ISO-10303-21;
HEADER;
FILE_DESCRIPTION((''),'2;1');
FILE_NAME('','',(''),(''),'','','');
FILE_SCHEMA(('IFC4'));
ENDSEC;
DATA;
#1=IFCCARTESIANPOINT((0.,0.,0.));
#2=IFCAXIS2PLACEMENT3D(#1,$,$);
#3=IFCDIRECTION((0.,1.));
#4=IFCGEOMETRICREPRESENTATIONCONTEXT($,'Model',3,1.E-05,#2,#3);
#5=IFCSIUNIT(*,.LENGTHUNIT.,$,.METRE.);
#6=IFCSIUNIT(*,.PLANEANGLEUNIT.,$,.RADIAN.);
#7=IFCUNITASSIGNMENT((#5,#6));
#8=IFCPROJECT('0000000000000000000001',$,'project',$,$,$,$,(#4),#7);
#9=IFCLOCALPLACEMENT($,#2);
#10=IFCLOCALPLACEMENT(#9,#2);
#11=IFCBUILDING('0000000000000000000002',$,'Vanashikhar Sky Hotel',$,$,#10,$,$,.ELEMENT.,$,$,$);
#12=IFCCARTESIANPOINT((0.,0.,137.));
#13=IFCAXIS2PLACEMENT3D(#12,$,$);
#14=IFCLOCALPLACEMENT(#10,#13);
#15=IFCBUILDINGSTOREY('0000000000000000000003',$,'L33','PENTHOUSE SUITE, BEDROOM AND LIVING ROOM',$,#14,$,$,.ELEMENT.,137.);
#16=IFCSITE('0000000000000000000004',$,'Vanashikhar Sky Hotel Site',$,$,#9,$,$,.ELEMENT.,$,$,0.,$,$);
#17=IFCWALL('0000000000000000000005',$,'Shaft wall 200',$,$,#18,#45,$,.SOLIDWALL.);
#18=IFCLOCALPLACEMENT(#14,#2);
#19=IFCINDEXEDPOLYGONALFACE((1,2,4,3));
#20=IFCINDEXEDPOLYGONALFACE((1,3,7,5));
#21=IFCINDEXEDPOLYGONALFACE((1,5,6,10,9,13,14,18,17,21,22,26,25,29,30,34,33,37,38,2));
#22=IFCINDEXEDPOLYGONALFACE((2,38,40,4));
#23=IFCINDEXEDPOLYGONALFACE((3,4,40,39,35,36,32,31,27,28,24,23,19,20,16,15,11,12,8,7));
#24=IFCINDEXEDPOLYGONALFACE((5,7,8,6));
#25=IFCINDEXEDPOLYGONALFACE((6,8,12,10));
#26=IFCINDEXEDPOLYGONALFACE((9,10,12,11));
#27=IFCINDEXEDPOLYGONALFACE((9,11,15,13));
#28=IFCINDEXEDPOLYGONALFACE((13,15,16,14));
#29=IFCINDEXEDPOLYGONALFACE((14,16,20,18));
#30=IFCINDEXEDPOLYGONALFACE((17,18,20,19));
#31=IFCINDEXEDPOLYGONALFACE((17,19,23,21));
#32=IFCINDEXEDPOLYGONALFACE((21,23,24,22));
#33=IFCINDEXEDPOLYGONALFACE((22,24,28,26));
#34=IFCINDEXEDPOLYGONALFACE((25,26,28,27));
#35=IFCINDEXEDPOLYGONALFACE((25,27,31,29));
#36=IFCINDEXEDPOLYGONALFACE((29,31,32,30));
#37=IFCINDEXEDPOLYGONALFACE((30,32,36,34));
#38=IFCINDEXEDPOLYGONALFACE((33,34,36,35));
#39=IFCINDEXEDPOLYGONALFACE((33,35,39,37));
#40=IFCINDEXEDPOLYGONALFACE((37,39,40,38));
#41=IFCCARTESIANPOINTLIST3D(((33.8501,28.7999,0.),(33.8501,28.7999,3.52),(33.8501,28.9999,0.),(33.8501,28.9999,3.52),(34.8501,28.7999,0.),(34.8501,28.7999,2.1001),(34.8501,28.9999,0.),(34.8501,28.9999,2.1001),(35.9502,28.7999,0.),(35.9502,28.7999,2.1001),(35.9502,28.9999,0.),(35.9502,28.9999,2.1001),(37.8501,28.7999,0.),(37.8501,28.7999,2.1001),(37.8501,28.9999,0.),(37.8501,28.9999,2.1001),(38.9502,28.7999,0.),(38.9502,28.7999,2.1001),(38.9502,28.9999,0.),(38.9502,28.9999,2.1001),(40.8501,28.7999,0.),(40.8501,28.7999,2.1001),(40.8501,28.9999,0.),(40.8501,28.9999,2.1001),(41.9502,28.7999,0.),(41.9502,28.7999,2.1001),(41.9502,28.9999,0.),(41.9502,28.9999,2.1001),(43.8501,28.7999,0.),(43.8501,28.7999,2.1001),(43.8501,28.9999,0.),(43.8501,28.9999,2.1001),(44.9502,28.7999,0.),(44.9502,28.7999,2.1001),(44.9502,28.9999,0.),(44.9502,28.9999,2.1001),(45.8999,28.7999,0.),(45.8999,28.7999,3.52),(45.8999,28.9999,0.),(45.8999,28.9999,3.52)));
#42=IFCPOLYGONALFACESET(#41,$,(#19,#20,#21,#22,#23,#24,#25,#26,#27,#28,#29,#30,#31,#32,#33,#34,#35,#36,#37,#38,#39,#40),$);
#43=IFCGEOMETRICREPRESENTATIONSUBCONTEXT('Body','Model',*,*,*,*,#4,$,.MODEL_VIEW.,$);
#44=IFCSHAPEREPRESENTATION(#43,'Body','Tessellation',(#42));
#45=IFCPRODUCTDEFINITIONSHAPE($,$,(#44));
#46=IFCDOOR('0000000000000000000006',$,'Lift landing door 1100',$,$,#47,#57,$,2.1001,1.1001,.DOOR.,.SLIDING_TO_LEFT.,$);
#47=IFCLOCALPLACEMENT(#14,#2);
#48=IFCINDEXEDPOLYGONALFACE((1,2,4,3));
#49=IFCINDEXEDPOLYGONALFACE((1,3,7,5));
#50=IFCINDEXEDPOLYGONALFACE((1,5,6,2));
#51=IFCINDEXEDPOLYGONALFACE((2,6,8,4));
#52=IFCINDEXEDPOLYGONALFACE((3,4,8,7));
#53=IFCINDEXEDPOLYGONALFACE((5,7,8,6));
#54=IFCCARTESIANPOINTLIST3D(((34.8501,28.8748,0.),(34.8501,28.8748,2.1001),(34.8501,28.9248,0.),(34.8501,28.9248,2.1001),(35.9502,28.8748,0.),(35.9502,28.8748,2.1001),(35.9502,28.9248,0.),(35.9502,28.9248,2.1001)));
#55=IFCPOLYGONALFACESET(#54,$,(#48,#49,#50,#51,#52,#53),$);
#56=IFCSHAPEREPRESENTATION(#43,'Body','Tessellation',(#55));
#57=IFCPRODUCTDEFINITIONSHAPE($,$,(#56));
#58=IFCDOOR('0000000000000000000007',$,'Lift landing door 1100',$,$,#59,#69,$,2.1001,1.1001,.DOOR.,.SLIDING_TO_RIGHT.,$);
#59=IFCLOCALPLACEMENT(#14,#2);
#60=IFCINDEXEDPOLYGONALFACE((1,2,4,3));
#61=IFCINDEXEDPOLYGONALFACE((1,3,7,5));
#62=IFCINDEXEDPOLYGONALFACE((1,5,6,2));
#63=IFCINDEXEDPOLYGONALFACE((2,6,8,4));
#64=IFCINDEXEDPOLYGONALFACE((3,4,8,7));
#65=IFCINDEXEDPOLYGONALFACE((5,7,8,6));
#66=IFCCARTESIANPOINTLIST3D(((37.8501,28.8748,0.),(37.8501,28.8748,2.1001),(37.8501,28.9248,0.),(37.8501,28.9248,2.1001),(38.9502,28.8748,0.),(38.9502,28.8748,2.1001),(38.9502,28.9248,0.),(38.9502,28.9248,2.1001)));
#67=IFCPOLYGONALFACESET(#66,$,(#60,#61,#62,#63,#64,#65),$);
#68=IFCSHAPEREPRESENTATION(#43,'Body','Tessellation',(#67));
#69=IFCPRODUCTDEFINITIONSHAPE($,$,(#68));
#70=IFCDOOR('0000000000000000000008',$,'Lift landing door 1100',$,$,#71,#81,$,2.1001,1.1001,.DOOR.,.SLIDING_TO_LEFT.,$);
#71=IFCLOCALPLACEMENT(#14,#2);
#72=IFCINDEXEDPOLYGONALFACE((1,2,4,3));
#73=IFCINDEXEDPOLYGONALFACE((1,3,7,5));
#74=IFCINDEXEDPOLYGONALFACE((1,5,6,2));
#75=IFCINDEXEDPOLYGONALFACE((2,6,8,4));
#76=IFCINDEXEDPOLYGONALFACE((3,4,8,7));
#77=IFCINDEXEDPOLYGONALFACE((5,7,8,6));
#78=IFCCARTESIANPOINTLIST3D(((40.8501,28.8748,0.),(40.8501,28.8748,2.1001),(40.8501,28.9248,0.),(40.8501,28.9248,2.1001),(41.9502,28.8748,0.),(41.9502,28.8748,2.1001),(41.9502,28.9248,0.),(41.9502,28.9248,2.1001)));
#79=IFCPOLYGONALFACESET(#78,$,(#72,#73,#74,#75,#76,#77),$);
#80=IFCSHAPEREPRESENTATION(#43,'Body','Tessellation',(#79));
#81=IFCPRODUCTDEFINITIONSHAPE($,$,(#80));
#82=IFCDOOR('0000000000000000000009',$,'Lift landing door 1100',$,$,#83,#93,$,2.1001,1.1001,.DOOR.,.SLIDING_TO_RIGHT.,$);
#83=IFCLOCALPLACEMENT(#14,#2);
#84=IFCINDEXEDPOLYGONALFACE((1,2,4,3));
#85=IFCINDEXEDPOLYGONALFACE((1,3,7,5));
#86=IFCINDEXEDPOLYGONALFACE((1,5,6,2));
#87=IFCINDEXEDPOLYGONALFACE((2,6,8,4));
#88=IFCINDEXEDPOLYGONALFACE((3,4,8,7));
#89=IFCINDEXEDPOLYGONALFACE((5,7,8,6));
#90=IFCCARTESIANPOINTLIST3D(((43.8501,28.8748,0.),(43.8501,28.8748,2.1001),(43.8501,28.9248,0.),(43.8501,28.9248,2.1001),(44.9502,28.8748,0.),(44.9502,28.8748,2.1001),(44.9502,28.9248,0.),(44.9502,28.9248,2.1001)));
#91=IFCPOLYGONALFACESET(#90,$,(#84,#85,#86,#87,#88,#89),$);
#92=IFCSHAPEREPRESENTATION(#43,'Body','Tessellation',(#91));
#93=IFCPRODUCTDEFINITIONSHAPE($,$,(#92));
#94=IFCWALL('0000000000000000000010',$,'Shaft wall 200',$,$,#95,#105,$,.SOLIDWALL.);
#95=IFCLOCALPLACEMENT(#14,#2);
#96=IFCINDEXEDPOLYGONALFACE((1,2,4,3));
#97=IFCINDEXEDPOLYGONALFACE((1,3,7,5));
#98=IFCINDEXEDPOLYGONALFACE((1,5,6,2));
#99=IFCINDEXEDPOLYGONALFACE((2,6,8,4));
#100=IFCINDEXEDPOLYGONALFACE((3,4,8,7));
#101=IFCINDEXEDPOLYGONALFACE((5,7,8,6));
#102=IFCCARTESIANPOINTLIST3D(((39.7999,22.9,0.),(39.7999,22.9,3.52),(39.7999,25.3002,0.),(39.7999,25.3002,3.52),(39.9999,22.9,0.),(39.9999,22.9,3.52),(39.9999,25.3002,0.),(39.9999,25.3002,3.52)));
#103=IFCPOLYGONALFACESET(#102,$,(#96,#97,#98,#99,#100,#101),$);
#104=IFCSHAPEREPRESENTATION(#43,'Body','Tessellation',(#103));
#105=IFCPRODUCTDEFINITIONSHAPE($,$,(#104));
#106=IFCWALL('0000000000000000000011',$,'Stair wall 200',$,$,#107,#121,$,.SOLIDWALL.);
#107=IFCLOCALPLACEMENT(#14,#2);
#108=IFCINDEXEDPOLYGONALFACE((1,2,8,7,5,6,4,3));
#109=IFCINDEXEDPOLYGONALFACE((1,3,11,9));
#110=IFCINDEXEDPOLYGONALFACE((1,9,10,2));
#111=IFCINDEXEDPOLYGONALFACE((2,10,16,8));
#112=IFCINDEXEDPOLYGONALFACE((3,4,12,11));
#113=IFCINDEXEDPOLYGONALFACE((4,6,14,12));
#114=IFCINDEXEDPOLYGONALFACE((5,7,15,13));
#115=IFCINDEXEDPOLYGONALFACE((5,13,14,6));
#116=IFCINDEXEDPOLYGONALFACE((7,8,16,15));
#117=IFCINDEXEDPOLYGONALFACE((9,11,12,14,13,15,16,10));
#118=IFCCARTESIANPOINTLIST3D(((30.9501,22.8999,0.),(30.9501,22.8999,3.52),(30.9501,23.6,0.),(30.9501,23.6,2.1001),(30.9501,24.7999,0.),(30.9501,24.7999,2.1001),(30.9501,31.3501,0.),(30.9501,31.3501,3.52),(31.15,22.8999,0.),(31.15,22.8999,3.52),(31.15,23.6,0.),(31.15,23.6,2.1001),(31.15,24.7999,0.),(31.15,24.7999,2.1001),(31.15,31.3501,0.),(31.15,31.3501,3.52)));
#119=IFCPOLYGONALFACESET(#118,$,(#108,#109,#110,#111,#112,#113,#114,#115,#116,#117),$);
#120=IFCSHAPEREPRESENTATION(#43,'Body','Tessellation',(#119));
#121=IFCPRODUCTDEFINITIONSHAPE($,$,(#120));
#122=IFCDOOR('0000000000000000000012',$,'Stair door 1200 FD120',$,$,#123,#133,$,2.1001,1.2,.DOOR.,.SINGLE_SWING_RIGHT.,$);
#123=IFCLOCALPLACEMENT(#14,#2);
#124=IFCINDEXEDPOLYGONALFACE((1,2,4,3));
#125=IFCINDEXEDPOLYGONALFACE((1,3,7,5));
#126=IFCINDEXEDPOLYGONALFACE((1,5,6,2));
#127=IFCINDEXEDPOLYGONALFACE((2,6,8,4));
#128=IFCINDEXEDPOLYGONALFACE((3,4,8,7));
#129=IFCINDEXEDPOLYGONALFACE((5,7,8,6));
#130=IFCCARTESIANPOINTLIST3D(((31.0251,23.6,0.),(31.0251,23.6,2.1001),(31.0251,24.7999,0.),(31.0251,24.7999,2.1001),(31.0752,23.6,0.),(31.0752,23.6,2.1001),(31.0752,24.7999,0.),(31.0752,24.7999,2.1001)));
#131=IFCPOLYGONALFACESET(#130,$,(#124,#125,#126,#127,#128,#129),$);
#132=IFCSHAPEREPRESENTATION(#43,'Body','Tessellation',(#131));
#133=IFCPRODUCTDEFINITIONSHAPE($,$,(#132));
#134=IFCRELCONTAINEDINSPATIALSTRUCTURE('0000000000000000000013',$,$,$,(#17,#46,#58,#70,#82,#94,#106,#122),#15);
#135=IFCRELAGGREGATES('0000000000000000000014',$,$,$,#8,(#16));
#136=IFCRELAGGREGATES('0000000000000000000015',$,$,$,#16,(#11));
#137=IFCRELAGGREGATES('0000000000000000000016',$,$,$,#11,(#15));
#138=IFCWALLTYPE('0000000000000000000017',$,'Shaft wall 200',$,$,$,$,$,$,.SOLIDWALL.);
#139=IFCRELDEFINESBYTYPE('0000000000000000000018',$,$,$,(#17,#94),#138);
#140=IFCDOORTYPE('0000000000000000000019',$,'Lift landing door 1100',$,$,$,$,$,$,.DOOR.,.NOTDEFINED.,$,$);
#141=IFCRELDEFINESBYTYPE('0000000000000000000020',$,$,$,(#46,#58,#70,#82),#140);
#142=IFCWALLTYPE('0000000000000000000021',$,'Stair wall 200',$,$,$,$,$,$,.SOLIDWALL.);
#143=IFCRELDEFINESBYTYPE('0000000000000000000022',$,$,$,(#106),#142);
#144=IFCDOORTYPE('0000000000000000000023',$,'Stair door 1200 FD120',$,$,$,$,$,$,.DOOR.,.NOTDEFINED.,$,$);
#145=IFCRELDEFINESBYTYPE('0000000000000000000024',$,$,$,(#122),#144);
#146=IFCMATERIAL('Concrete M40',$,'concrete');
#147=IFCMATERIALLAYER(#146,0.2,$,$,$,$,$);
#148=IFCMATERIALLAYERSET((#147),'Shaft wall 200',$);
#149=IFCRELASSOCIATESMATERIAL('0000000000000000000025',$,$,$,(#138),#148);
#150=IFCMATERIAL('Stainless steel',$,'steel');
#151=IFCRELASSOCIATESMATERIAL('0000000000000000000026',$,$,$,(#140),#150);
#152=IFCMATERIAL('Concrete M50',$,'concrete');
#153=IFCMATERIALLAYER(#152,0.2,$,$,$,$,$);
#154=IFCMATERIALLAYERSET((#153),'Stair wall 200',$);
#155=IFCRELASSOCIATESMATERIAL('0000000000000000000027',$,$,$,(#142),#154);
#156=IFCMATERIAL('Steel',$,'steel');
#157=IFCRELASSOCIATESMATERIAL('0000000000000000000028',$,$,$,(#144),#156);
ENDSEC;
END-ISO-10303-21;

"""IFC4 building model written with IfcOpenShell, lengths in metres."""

from ifc_helpers import new_model, si_unit, direction, frame, frame_2d, origin, place, context, subcontext, project, spatial, rectangle, extrude, source, transform, mapped, material, layer, layer_set, type_object, element, fill, save


model = new_model("IFC4")

# Units and contexts
model_context = context("Model", 3, precision=1e-05, world=origin(), true_north=direction((0.0, 1.0)))
body_context = subcontext(model_context, "Body", "Model", "MODEL_VIEW")
ifc_project = project(units=[si_unit("LENGTHUNIT", "METRE"), si_unit("PLANEANGLEUNIT", "RADIAN")], contexts=[model_context])

# Site, building, storey
site_placement = place(None, origin())
site = spatial("IfcSite", under=ifc_project, at=site_placement, Name="Vanashikhar Sky Hotel Site", CompositionType="ELEMENT", RefElevation=0.0)
building_placement = place(site_placement, origin())
building = spatial("IfcBuilding", under=site, at=building_placement, Name="Vanashikhar Sky Hotel", CompositionType="ELEMENT")
storey_placement = place(building_placement, frame((0.0, 0.0, 137.0)))
storey = spatial("IfcBuildingStorey", under=building, at=storey_placement, Name="L33", Description="PENTHOUSE SUITE, BEDROOM AND LIVING ROOM", CompositionType="ELEMENT", Elevation=137.0)

# Shared definitions
ifc_material_1 = material(Name="Steel", Category="steel")
shared_shape_1 = source(origin(), body_context, "Body", "SweptSolid", [
    extrude(rectangle(XDim=1.1001, YDim=2.1001, at=frame_2d((0.55, 1.05))), frame((0.0, 0.0249, 0.0), z_axis=(0.0, -1.0, 0.0), x_axis=(1.0, 0.0, 0.0)), (0.0, 0.0, 1.0), 0.05),
])

# Wall, openings, doors
ifc_material_2 = material(Name="Concrete M40", Category="concrete")
ifc_layer_1 = layer(ifc_material_2, 0.2)
ifc_layer_set_1 = layer_set([ifc_layer_1], Name="Shaft wall 200")
wall_type_1 = type_object("IfcWallType", Name="Shaft wall 200", PredefinedType="SOLIDWALL", material=ifc_layer_set_1)
shared_shape_2 = source(origin(), body_context, "Body", "SweptSolid", [
    extrude(rectangle(XDim=1.1001, YDim=2.1001, at=frame_2d((0.55, 1.05))), frame((0.0, 0.1099, 0.0), z_axis=(0.0, -1.0, 0.0), x_axis=(1.0, 0.0, 0.0)), (0.0, 0.0, 1.0), 0.22),
])
ifc_material_3 = material(Name="Stainless steel", Category="steel")
door_type_1 = type_object("IfcDoorType", Name="Lift landing door 1100", OperationType="NOTDEFINED", PredefinedType="DOOR", material=ifc_material_3)
shared_shape_3 = source(origin(), body_context, "Body", "SweptSolid", [
    extrude(rectangle(XDim=12.0498, YDim=0.2, at=frame_2d((6.0249, 0.0))), origin(), (0.0, 0.0, 1.0), 3.52),
])
wall_1_placement = place(storey_placement, frame((33.8501, 28.8999, 0.0), z_axis=(0.0, 0.0, 1.0), x_axis=(1.0, 0.0, 0.0)))
wall_1 = element("IfcWall", 1, at=wall_1_placement, inside=storey, type_object=wall_type_1, Name="Shaft wall 200", PredefinedType="SOLIDWALL", context=body_context, shape_type="MappedRepresentation", body=[
    mapped(shared_shape_3, transform((0.0, 0.0, 0.0), scale=1.0)),
])
opening_1_placement = place(wall_1_placement, frame((1.0, 0.0, 0.0)))
opening_1 = element("IfcOpeningElement", 2, at=opening_1_placement, cuts=wall_1, PredefinedType="OPENING", context=body_context, shape_type="MappedRepresentation", body=[
    mapped(shared_shape_2, transform((0.0, 0.0, 0.0), scale=1.0)),
])
opening_2_placement = place(wall_1_placement, frame((4.0, 0.0, 0.0)))
opening_2 = element("IfcOpeningElement", 3, at=opening_2_placement, cuts=wall_1, PredefinedType="OPENING", context=body_context, shape_type="MappedRepresentation", body=[
    mapped(shared_shape_2, transform((0.0, 0.0, 0.0), scale=1.0)),
])
opening_3_placement = place(wall_1_placement, frame((7.0, 0.0, 0.0)))
opening_3 = element("IfcOpeningElement", 4, at=opening_3_placement, cuts=wall_1, PredefinedType="OPENING", context=body_context, shape_type="MappedRepresentation", body=[
    mapped(shared_shape_2, transform((0.0, 0.0, 0.0), scale=1.0)),
])
opening_4_placement = place(wall_1_placement, frame((10.0, 0.0, 0.0)))
opening_4 = element("IfcOpeningElement", 5, at=opening_4_placement, cuts=wall_1, PredefinedType="OPENING", context=body_context, shape_type="MappedRepresentation", body=[
    mapped(shared_shape_2, transform((0.0, 0.0, 0.0), scale=1.0)),
])
door_1_placement = place(opening_1_placement, origin())
door_1 = element("IfcDoor", 6, at=door_1_placement, inside=storey, type_object=door_type_1, Name="Lift landing door 1100", OperationType="SLIDING_TO_LEFT", OverallHeight=2.1001, OverallWidth=1.1001, PredefinedType="DOOR", context=body_context, shape_type="MappedRepresentation", body=[
    mapped(shared_shape_1, transform((0.0, 0.0, 0.0), scale=1.0)),
])
fill(opening_1, door_1)
door_2_placement = place(opening_2_placement, origin())
door_2 = element("IfcDoor", 7, at=door_2_placement, inside=storey, type_object=door_type_1, Name="Lift landing door 1100", OperationType="SLIDING_TO_RIGHT", OverallHeight=2.1001, OverallWidth=1.1001, PredefinedType="DOOR", context=body_context, shape_type="MappedRepresentation", body=[
    mapped(shared_shape_1, transform((0.0, 0.0, 0.0), scale=1.0)),
])
fill(opening_2, door_2)
door_3_placement = place(opening_3_placement, origin())
door_3 = element("IfcDoor", 8, at=door_3_placement, inside=storey, type_object=door_type_1, Name="Lift landing door 1100", OperationType="SLIDING_TO_LEFT", OverallHeight=2.1001, OverallWidth=1.1001, PredefinedType="DOOR", context=body_context, shape_type="MappedRepresentation", body=[
    mapped(shared_shape_1, transform((0.0, 0.0, 0.0), scale=1.0)),
])
fill(opening_3, door_3)
door_4_placement = place(opening_4_placement, origin())
door_4 = element("IfcDoor", 9, at=door_4_placement, inside=storey, type_object=door_type_1, Name="Lift landing door 1100", OperationType="SLIDING_TO_RIGHT", OverallHeight=2.1001, OverallWidth=1.1001, PredefinedType="DOOR", context=body_context, shape_type="MappedRepresentation", body=[
    mapped(shared_shape_1, transform((0.0, 0.0, 0.0), scale=1.0)),
])
fill(opening_4, door_4)

# Wall
shared_shape_4 = source(origin(), body_context, "Body", "SweptSolid", [
    extrude(rectangle(XDim=2.4001, YDim=0.2, at=frame_2d((1.2002, 0.0))), origin(), (0.0, 0.0, 1.0), 3.52),
])
wall_2_placement = place(storey_placement, frame((39.8999, 22.8999, 0.0), z_axis=(0.0, 0.0, 1.0), x_axis=(0.0, 1.0, 0.0)))
element("IfcWall", 10, at=wall_2_placement, inside=storey, type_object=wall_type_1, Name="Shaft wall 200", PredefinedType="SOLIDWALL", context=body_context, shape_type="MappedRepresentation", body=[
    mapped(shared_shape_4, transform((0.0, 0.0, 0.0), scale=1.0)),
])

# Wall, opening, door
ifc_material_4 = material(Name="Concrete M50", Category="concrete")
ifc_layer_2 = layer(ifc_material_4, 0.2)
ifc_layer_set_2 = layer_set([ifc_layer_2], Name="Stair wall 200")
wall_type_2 = type_object("IfcWallType", Name="Stair wall 200", PredefinedType="SOLIDWALL", material=ifc_layer_set_2)
shared_shape_5 = source(origin(), body_context, "Body", "SweptSolid", [
    extrude(rectangle(XDim=8.4502, YDim=0.2, at=frame_2d((4.2251, 0.0))), origin(), (0.0, 0.0, 1.0), 3.52),
])
wall_3_placement = place(storey_placement, frame((31.05, 22.8999, 0.0), z_axis=(0.0, 0.0, 1.0), x_axis=(0.0, 1.0, 0.0)))
wall_3 = element("IfcWall", 11, at=wall_3_placement, inside=storey, type_object=wall_type_2, Name="Stair wall 200", PredefinedType="SOLIDWALL", context=body_context, shape_type="MappedRepresentation", body=[
    mapped(shared_shape_5, transform((0.0, 0.0, 0.0), scale=1.0)),
])
shared_shape_6 = source(origin(), body_context, "Body", "SweptSolid", [
    extrude(rectangle(XDim=1.2, YDim=2.1001, at=frame_2d((0.6001, 1.05))), frame((0.0, 0.1099, 0.0), z_axis=(0.0, -1.0, 0.0), x_axis=(1.0, 0.0, 0.0)), (0.0, 0.0, 1.0), 0.22),
])
opening_5_placement = place(wall_3_placement, frame((0.7, 0.0, 0.0)))
opening_5 = element("IfcOpeningElement", 12, at=opening_5_placement, cuts=wall_3, PredefinedType="OPENING", context=body_context, shape_type="MappedRepresentation", body=[
    mapped(shared_shape_6, transform((0.0, 0.0, 0.0), scale=1.0)),
])
door_type_2 = type_object("IfcDoorType", Name="Stair door 1200 FD120", OperationType="NOTDEFINED", PredefinedType="DOOR", material=ifc_material_1)
shared_shape_7 = source(origin(), body_context, "Body", "SweptSolid", [
    extrude(rectangle(XDim=1.2, YDim=2.1001, at=frame_2d((0.6001, 1.05))), frame((0.0, 0.0249, 0.0), z_axis=(0.0, -1.0, 0.0), x_axis=(1.0, 0.0, 0.0)), (0.0, 0.0, 1.0), 0.05),
])
door_5_placement = place(opening_5_placement, origin())
door_5 = element("IfcDoor", 13, at=door_5_placement, inside=storey, type_object=door_type_2, Name="Stair door 1200 FD120", OperationType="SINGLE_SWING_RIGHT", OverallHeight=2.1001, OverallWidth=1.2, PredefinedType="DOOR", context=body_context, shape_type="MappedRepresentation", body=[
    mapped(shared_shape_7, transform((0.0, 0.0, 0.0), scale=1.0)),
])
fill(opening_5, door_5)

save(model, "model.ifc")
